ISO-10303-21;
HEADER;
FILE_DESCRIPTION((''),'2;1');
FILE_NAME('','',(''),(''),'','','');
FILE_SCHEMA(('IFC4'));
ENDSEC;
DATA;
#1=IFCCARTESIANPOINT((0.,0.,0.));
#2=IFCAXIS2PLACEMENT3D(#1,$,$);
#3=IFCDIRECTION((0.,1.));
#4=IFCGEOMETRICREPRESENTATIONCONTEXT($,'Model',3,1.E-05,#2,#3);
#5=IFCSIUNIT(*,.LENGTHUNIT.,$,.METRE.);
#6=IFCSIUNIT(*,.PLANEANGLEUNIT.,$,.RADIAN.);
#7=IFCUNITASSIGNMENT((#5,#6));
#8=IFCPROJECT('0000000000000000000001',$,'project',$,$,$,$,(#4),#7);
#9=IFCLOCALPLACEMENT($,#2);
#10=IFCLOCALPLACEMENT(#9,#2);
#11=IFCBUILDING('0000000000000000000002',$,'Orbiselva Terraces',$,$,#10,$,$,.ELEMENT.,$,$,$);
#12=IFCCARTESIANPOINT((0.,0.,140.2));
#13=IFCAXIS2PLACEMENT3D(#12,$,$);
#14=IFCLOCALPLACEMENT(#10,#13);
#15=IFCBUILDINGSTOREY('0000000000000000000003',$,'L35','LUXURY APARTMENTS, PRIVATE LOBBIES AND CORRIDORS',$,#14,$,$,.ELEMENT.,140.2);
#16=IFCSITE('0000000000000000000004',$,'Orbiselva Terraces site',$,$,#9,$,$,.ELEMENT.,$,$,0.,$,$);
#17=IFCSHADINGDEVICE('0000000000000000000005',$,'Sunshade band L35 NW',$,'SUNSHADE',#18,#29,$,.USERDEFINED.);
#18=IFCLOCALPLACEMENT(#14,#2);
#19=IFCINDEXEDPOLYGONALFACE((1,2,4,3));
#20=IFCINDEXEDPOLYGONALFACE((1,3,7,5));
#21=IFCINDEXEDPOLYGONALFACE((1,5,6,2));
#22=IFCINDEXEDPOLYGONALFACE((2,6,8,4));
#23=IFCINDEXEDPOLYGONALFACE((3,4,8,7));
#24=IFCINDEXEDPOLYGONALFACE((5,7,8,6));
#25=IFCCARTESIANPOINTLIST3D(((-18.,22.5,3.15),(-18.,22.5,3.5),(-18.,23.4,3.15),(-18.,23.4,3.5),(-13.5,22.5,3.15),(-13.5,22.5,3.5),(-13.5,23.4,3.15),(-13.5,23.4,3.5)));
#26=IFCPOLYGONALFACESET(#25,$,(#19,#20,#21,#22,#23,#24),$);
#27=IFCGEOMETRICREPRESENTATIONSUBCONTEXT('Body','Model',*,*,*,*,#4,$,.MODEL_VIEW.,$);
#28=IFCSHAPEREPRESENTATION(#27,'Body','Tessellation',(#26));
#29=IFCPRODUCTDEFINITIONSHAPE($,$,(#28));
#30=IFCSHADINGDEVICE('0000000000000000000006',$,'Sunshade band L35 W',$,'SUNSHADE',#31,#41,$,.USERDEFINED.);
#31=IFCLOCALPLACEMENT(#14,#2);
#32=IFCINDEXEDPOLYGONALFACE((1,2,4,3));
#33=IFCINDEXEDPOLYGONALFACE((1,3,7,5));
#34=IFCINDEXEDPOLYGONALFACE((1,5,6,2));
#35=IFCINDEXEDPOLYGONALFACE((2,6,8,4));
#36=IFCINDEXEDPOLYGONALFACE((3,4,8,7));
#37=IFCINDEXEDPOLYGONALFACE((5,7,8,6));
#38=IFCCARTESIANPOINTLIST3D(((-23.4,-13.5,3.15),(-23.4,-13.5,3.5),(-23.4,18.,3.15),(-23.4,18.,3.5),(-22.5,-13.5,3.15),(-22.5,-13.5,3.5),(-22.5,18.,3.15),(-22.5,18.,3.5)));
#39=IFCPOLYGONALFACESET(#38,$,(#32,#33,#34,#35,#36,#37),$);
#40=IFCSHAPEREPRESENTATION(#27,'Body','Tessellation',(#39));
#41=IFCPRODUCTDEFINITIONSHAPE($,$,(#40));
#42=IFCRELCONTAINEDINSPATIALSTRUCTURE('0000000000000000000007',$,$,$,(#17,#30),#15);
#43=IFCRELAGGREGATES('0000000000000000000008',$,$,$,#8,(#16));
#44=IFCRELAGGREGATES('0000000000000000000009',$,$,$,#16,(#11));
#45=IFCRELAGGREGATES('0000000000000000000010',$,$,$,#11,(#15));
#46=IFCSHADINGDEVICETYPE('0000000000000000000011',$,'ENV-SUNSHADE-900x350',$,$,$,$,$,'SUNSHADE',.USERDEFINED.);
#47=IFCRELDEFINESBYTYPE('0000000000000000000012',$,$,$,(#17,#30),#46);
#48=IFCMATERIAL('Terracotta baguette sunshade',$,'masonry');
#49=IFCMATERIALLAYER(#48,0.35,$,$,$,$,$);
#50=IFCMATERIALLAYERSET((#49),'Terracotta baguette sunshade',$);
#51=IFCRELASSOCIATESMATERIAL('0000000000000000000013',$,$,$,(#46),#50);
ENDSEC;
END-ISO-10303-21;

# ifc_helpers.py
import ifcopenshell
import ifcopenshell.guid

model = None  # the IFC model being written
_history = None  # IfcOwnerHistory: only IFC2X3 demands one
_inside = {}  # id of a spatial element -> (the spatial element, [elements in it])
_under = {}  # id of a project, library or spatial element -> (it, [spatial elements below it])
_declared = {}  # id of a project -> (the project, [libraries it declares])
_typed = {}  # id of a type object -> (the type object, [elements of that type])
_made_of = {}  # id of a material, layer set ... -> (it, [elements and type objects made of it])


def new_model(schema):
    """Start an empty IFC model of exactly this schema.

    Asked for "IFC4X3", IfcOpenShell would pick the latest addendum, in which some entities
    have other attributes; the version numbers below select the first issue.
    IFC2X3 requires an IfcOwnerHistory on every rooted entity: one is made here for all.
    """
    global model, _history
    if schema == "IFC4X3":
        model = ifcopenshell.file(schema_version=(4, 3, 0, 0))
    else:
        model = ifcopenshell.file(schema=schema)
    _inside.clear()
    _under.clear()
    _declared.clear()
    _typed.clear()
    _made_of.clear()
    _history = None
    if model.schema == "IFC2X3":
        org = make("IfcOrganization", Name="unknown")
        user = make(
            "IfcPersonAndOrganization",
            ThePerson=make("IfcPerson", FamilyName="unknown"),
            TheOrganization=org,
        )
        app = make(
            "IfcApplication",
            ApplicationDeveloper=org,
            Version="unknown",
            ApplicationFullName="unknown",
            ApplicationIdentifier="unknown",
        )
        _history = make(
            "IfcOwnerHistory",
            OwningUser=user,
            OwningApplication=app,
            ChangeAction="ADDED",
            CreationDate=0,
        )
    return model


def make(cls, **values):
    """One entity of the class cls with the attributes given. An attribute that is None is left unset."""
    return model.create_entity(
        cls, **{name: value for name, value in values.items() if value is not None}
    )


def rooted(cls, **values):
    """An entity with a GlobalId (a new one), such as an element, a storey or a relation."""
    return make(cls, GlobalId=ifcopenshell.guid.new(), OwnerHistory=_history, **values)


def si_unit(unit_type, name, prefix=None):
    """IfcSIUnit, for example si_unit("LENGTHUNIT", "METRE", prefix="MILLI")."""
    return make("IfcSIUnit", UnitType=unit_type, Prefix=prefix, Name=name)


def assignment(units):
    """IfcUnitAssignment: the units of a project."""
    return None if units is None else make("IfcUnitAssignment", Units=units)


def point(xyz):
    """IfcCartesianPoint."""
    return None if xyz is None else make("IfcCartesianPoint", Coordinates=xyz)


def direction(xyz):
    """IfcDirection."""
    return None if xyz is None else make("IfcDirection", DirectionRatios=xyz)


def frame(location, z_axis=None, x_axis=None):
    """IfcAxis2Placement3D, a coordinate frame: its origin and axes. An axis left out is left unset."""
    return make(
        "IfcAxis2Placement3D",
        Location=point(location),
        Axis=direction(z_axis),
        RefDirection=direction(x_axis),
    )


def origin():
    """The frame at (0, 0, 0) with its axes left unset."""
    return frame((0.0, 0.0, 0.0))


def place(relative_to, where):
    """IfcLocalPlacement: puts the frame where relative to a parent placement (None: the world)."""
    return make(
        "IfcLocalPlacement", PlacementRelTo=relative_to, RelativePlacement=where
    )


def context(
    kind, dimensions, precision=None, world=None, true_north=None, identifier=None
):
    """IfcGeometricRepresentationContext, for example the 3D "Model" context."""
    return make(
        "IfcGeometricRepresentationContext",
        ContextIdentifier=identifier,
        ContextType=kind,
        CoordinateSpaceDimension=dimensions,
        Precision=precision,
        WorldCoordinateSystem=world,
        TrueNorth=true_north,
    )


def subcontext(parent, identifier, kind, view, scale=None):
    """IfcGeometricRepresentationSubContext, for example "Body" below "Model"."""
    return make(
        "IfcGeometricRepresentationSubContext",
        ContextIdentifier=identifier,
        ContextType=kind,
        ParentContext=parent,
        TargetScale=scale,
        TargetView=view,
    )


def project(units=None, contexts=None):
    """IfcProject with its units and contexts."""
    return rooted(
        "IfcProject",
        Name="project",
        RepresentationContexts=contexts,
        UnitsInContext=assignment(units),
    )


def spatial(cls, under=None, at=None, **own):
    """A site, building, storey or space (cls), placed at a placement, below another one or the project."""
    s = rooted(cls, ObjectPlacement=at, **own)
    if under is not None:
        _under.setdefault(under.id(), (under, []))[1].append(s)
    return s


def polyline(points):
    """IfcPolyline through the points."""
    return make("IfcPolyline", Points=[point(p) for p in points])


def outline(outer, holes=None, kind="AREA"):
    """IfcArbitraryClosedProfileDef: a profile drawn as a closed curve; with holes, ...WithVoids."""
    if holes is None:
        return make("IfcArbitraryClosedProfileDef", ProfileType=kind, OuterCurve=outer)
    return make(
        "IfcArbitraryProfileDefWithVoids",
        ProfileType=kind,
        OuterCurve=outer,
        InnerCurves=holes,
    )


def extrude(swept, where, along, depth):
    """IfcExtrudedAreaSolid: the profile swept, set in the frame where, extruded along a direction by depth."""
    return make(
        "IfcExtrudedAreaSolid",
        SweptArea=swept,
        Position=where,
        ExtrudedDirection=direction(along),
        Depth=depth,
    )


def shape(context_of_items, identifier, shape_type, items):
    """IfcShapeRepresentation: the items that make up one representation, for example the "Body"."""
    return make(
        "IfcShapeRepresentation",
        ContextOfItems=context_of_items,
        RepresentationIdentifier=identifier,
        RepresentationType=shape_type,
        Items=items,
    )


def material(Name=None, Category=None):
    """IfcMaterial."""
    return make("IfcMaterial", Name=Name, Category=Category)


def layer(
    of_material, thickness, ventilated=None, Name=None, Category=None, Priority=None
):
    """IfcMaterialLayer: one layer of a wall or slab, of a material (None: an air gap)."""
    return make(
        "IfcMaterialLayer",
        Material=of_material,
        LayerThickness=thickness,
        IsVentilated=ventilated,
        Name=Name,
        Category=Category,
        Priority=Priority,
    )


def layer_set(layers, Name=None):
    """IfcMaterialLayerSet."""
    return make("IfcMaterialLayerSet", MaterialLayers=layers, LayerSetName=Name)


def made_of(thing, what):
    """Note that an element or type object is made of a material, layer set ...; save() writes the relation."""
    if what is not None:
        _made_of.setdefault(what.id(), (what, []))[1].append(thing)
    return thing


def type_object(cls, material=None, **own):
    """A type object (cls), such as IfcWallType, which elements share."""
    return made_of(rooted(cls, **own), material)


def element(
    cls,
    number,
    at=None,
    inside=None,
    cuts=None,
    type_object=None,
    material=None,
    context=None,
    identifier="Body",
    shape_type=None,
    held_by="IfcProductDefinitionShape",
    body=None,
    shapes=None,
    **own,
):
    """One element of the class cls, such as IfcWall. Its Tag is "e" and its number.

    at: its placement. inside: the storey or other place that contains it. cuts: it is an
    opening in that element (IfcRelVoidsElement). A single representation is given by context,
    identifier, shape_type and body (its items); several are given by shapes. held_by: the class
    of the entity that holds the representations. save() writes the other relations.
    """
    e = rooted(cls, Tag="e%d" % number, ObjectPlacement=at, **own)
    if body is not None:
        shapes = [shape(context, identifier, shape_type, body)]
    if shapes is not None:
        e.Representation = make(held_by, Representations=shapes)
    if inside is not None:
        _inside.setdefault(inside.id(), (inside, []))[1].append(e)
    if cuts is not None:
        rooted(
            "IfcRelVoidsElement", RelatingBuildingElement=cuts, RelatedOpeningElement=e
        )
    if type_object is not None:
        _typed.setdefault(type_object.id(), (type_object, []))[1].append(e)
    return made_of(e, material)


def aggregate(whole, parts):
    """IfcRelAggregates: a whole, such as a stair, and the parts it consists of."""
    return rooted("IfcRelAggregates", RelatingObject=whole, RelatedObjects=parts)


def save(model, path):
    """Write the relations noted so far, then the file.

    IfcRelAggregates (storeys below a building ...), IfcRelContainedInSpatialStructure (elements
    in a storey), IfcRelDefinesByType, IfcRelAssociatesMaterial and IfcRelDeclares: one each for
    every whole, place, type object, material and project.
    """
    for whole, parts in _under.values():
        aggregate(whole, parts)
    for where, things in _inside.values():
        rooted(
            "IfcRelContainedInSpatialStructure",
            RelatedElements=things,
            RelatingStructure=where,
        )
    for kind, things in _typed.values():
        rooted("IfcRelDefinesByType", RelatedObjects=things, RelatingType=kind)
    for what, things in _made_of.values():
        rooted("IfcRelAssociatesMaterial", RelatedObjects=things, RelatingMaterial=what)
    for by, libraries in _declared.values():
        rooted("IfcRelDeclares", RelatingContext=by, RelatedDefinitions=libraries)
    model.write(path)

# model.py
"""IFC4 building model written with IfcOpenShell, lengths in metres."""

from ifc_helpers import new_model, si_unit, direction, frame, origin, place, context, subcontext, project, spatial, polyline, outline, extrude, material, layer, layer_set, type_object, element, save


model = new_model("IFC4")

# Units and contexts
model_context = context("Model", 3, precision=1e-05, world=origin(), true_north=direction((0.0, 1.0)))
body_context = subcontext(model_context, "Body", "Model", "MODEL_VIEW")
ifc_project = project(units=[si_unit("LENGTHUNIT", "METRE"), si_unit("PLANEANGLEUNIT", "RADIAN")], contexts=[model_context])

# Site, building, storey
site_placement = place(None, origin())
site = spatial("IfcSite", under=ifc_project, at=site_placement, Name="Orbiselva Terraces site", CompositionType="ELEMENT", RefElevation=0.0)
building_placement = place(site_placement, origin())
building = spatial("IfcBuilding", under=site, at=building_placement, Name="Orbiselva Terraces", CompositionType="ELEMENT")
storey_placement = place(building_placement, frame((0.0, 0.0, 140.2)))
storey = spatial("IfcBuildingStorey", under=building, at=storey_placement, Name="L35", Description="LUXURY APARTMENTS, PRIVATE LOBBIES AND CORRIDORS", CompositionType="ELEMENT", Elevation=140.2)

# Shading devices
ifc_material_1 = material(Name="Terracotta baguette sunshade", Category="masonry")
ifc_layer_1 = layer(ifc_material_1, 0.35)
ifc_layer_set_1 = layer_set([ifc_layer_1], Name="Terracotta baguette sunshade")
shading_device_type_1 = type_object("IfcShadingDeviceType", Name="ENV-SUNSHADE-900x350", ElementType="SUNSHADE", PredefinedType="USERDEFINED", material=ifc_layer_set_1)
shading_device_1_placement = place(storey_placement, frame((0.0, 0.0, 3.15)))
element("IfcShadingDevice", 1, at=shading_device_1_placement, inside=storey, type_object=shading_device_type_1, Name="Sunshade band L35 NW", ObjectType="SUNSHADE", PredefinedType="USERDEFINED", context=body_context, shape_type="SweptSolid", body=[
    extrude(outline(polyline([(-13.5, 23.4), (-18.0, 23.4), (-18.0, 22.5), (-13.5, 22.5), (-13.5, 23.4)])), origin(), (0.0, 0.0, 1.0), 0.35),
])
shading_device_2_placement = place(storey_placement, frame((0.0, 0.0, 3.15)))
element("IfcShadingDevice", 2, at=shading_device_2_placement, inside=storey, type_object=shading_device_type_1, Name="Sunshade band L35 W", ObjectType="SUNSHADE", PredefinedType="USERDEFINED", context=body_context, shape_type="SweptSolid", body=[
    extrude(outline(polyline([(-23.4, 18.0), (-23.4, -13.5), (-22.5, -13.5), (-22.5, 18.0), (-23.4, 18.0)])), origin(), (0.0, 0.0, 1.0), 0.35),
])

save(model, "model.ifc")
